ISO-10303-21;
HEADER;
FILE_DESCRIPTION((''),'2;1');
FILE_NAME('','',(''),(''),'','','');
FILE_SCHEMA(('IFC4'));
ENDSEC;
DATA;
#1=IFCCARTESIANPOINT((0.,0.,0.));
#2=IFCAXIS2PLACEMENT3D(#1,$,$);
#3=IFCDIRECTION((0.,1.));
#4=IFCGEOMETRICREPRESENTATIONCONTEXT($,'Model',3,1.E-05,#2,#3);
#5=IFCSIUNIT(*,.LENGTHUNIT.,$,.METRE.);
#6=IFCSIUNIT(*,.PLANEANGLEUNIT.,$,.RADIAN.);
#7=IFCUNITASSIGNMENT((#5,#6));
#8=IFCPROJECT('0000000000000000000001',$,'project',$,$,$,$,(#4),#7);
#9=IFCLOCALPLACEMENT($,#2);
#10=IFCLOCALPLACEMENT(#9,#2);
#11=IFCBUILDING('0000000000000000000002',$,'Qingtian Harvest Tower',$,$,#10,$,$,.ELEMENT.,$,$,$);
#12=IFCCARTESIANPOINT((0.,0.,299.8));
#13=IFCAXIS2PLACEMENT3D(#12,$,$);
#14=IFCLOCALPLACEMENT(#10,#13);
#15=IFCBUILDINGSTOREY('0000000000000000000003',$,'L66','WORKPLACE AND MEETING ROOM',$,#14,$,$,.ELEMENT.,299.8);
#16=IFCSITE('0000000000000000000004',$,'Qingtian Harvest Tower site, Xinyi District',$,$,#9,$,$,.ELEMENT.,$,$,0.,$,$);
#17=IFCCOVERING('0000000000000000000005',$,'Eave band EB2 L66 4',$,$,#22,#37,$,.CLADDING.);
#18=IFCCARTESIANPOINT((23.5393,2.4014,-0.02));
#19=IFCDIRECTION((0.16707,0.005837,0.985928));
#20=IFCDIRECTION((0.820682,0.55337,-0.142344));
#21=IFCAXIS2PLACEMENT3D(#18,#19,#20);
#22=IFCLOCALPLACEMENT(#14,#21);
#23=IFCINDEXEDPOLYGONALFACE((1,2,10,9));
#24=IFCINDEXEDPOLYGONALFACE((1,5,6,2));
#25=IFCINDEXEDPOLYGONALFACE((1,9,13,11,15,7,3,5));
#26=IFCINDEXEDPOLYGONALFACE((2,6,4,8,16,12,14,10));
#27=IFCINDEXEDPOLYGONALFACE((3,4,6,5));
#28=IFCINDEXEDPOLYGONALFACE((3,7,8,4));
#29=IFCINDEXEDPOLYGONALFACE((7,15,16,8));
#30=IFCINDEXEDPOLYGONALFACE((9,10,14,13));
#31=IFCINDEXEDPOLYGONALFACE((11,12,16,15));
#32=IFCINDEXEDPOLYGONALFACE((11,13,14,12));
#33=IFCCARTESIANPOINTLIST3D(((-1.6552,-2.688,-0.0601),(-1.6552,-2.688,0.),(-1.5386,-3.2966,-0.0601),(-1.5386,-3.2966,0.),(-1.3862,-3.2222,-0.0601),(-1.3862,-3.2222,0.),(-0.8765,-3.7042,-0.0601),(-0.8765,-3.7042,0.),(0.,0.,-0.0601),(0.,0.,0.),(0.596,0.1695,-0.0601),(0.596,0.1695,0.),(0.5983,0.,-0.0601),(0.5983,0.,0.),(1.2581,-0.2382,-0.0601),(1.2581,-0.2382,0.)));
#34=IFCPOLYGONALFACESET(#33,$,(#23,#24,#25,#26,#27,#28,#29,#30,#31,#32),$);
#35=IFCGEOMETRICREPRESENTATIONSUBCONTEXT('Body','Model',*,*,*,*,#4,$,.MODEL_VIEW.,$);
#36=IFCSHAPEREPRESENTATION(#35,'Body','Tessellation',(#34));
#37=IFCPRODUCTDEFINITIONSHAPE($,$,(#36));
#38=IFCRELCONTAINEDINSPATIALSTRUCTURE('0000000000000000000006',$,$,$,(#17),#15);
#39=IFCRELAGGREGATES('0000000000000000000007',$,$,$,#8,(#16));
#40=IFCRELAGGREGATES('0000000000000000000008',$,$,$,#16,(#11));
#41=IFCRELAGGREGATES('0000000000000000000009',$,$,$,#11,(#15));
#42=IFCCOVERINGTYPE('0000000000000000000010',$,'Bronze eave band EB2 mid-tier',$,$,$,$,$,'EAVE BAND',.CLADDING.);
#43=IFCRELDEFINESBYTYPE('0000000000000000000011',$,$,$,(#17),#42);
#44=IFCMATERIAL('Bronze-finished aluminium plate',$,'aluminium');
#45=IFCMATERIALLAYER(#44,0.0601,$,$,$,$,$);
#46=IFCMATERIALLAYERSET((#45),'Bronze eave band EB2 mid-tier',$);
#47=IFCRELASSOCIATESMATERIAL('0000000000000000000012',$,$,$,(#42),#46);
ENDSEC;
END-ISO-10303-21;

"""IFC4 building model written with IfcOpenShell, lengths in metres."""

from ifc_helpers import new_model, si_unit, direction, frame, origin, place, context, subcontext, project, spatial, polyline, outline, extrude, material, layer, layer_set, type_object, element, save


model = new_model("IFC4")

# Units and contexts
model_context = context("Model", 3, precision=1e-05, world=origin(), true_north=direction((0.0, 1.0)))
body_context = subcontext(model_context, "Body", "Model", "MODEL_VIEW")
ifc_project = project(units=[si_unit("LENGTHUNIT", "METRE"), si_unit("PLANEANGLEUNIT", "RADIAN")], contexts=[model_context])

# Site, building, storey
site_placement = place(None, origin())
site = spatial("IfcSite", under=ifc_project, at=site_placement, Name="Qingtian Harvest Tower site, Xinyi District", CompositionType="ELEMENT", RefElevation=0.0)
building_placement = place(site_placement, origin())
building = spatial("IfcBuilding", under=site, at=building_placement, Name="Qingtian Harvest Tower", CompositionType="ELEMENT")
storey_placement = place(building_placement, frame((0.0, 0.0, 299.8)))
storey = spatial("IfcBuildingStorey", under=building, at=storey_placement, Name="L66", Description="WORKPLACE AND MEETING ROOM", CompositionType="ELEMENT", Elevation=299.8)

# Covering
ifc_material_1 = material(Name="Bronze-finished aluminium plate", Category="aluminium")
ifc_layer_1 = layer(ifc_material_1, 0.0601)
ifc_layer_set_1 = layer_set([ifc_layer_1], Name="Bronze eave band EB2 mid-tier")
covering_type = type_object("IfcCoveringType", Name="Bronze eave band EB2 mid-tier", ElementType="EAVE BAND", PredefinedType="CLADDING", material=ifc_layer_set_1)
covering_placement = place(storey_placement, frame((23.5393, 2.4014, -0.02), z_axis=(0.16707, 0.005837, 0.985928), x_axis=(0.820682, 0.55337, -0.142344)))
element("IfcCovering", 1, at=covering_placement, inside=storey, type_object=covering_type, Name="Eave band EB2 L66 4", PredefinedType="CLADDING", context=body_context, shape_type="SweptSolid", body=[
    extrude(outline(polyline([(0.0, 0.0), (0.5983, 0.0), (0.596, 0.1695), (1.2581, -0.2382), (-0.8765, -3.7042), (-1.5386, -3.2966), (-1.3862, -3.2222), (-1.6552, -2.688), (0.0, 0.0)])), origin(), (0.0, 0.0, -1.0), 0.0601),
])

save(model, "model.ifc")
